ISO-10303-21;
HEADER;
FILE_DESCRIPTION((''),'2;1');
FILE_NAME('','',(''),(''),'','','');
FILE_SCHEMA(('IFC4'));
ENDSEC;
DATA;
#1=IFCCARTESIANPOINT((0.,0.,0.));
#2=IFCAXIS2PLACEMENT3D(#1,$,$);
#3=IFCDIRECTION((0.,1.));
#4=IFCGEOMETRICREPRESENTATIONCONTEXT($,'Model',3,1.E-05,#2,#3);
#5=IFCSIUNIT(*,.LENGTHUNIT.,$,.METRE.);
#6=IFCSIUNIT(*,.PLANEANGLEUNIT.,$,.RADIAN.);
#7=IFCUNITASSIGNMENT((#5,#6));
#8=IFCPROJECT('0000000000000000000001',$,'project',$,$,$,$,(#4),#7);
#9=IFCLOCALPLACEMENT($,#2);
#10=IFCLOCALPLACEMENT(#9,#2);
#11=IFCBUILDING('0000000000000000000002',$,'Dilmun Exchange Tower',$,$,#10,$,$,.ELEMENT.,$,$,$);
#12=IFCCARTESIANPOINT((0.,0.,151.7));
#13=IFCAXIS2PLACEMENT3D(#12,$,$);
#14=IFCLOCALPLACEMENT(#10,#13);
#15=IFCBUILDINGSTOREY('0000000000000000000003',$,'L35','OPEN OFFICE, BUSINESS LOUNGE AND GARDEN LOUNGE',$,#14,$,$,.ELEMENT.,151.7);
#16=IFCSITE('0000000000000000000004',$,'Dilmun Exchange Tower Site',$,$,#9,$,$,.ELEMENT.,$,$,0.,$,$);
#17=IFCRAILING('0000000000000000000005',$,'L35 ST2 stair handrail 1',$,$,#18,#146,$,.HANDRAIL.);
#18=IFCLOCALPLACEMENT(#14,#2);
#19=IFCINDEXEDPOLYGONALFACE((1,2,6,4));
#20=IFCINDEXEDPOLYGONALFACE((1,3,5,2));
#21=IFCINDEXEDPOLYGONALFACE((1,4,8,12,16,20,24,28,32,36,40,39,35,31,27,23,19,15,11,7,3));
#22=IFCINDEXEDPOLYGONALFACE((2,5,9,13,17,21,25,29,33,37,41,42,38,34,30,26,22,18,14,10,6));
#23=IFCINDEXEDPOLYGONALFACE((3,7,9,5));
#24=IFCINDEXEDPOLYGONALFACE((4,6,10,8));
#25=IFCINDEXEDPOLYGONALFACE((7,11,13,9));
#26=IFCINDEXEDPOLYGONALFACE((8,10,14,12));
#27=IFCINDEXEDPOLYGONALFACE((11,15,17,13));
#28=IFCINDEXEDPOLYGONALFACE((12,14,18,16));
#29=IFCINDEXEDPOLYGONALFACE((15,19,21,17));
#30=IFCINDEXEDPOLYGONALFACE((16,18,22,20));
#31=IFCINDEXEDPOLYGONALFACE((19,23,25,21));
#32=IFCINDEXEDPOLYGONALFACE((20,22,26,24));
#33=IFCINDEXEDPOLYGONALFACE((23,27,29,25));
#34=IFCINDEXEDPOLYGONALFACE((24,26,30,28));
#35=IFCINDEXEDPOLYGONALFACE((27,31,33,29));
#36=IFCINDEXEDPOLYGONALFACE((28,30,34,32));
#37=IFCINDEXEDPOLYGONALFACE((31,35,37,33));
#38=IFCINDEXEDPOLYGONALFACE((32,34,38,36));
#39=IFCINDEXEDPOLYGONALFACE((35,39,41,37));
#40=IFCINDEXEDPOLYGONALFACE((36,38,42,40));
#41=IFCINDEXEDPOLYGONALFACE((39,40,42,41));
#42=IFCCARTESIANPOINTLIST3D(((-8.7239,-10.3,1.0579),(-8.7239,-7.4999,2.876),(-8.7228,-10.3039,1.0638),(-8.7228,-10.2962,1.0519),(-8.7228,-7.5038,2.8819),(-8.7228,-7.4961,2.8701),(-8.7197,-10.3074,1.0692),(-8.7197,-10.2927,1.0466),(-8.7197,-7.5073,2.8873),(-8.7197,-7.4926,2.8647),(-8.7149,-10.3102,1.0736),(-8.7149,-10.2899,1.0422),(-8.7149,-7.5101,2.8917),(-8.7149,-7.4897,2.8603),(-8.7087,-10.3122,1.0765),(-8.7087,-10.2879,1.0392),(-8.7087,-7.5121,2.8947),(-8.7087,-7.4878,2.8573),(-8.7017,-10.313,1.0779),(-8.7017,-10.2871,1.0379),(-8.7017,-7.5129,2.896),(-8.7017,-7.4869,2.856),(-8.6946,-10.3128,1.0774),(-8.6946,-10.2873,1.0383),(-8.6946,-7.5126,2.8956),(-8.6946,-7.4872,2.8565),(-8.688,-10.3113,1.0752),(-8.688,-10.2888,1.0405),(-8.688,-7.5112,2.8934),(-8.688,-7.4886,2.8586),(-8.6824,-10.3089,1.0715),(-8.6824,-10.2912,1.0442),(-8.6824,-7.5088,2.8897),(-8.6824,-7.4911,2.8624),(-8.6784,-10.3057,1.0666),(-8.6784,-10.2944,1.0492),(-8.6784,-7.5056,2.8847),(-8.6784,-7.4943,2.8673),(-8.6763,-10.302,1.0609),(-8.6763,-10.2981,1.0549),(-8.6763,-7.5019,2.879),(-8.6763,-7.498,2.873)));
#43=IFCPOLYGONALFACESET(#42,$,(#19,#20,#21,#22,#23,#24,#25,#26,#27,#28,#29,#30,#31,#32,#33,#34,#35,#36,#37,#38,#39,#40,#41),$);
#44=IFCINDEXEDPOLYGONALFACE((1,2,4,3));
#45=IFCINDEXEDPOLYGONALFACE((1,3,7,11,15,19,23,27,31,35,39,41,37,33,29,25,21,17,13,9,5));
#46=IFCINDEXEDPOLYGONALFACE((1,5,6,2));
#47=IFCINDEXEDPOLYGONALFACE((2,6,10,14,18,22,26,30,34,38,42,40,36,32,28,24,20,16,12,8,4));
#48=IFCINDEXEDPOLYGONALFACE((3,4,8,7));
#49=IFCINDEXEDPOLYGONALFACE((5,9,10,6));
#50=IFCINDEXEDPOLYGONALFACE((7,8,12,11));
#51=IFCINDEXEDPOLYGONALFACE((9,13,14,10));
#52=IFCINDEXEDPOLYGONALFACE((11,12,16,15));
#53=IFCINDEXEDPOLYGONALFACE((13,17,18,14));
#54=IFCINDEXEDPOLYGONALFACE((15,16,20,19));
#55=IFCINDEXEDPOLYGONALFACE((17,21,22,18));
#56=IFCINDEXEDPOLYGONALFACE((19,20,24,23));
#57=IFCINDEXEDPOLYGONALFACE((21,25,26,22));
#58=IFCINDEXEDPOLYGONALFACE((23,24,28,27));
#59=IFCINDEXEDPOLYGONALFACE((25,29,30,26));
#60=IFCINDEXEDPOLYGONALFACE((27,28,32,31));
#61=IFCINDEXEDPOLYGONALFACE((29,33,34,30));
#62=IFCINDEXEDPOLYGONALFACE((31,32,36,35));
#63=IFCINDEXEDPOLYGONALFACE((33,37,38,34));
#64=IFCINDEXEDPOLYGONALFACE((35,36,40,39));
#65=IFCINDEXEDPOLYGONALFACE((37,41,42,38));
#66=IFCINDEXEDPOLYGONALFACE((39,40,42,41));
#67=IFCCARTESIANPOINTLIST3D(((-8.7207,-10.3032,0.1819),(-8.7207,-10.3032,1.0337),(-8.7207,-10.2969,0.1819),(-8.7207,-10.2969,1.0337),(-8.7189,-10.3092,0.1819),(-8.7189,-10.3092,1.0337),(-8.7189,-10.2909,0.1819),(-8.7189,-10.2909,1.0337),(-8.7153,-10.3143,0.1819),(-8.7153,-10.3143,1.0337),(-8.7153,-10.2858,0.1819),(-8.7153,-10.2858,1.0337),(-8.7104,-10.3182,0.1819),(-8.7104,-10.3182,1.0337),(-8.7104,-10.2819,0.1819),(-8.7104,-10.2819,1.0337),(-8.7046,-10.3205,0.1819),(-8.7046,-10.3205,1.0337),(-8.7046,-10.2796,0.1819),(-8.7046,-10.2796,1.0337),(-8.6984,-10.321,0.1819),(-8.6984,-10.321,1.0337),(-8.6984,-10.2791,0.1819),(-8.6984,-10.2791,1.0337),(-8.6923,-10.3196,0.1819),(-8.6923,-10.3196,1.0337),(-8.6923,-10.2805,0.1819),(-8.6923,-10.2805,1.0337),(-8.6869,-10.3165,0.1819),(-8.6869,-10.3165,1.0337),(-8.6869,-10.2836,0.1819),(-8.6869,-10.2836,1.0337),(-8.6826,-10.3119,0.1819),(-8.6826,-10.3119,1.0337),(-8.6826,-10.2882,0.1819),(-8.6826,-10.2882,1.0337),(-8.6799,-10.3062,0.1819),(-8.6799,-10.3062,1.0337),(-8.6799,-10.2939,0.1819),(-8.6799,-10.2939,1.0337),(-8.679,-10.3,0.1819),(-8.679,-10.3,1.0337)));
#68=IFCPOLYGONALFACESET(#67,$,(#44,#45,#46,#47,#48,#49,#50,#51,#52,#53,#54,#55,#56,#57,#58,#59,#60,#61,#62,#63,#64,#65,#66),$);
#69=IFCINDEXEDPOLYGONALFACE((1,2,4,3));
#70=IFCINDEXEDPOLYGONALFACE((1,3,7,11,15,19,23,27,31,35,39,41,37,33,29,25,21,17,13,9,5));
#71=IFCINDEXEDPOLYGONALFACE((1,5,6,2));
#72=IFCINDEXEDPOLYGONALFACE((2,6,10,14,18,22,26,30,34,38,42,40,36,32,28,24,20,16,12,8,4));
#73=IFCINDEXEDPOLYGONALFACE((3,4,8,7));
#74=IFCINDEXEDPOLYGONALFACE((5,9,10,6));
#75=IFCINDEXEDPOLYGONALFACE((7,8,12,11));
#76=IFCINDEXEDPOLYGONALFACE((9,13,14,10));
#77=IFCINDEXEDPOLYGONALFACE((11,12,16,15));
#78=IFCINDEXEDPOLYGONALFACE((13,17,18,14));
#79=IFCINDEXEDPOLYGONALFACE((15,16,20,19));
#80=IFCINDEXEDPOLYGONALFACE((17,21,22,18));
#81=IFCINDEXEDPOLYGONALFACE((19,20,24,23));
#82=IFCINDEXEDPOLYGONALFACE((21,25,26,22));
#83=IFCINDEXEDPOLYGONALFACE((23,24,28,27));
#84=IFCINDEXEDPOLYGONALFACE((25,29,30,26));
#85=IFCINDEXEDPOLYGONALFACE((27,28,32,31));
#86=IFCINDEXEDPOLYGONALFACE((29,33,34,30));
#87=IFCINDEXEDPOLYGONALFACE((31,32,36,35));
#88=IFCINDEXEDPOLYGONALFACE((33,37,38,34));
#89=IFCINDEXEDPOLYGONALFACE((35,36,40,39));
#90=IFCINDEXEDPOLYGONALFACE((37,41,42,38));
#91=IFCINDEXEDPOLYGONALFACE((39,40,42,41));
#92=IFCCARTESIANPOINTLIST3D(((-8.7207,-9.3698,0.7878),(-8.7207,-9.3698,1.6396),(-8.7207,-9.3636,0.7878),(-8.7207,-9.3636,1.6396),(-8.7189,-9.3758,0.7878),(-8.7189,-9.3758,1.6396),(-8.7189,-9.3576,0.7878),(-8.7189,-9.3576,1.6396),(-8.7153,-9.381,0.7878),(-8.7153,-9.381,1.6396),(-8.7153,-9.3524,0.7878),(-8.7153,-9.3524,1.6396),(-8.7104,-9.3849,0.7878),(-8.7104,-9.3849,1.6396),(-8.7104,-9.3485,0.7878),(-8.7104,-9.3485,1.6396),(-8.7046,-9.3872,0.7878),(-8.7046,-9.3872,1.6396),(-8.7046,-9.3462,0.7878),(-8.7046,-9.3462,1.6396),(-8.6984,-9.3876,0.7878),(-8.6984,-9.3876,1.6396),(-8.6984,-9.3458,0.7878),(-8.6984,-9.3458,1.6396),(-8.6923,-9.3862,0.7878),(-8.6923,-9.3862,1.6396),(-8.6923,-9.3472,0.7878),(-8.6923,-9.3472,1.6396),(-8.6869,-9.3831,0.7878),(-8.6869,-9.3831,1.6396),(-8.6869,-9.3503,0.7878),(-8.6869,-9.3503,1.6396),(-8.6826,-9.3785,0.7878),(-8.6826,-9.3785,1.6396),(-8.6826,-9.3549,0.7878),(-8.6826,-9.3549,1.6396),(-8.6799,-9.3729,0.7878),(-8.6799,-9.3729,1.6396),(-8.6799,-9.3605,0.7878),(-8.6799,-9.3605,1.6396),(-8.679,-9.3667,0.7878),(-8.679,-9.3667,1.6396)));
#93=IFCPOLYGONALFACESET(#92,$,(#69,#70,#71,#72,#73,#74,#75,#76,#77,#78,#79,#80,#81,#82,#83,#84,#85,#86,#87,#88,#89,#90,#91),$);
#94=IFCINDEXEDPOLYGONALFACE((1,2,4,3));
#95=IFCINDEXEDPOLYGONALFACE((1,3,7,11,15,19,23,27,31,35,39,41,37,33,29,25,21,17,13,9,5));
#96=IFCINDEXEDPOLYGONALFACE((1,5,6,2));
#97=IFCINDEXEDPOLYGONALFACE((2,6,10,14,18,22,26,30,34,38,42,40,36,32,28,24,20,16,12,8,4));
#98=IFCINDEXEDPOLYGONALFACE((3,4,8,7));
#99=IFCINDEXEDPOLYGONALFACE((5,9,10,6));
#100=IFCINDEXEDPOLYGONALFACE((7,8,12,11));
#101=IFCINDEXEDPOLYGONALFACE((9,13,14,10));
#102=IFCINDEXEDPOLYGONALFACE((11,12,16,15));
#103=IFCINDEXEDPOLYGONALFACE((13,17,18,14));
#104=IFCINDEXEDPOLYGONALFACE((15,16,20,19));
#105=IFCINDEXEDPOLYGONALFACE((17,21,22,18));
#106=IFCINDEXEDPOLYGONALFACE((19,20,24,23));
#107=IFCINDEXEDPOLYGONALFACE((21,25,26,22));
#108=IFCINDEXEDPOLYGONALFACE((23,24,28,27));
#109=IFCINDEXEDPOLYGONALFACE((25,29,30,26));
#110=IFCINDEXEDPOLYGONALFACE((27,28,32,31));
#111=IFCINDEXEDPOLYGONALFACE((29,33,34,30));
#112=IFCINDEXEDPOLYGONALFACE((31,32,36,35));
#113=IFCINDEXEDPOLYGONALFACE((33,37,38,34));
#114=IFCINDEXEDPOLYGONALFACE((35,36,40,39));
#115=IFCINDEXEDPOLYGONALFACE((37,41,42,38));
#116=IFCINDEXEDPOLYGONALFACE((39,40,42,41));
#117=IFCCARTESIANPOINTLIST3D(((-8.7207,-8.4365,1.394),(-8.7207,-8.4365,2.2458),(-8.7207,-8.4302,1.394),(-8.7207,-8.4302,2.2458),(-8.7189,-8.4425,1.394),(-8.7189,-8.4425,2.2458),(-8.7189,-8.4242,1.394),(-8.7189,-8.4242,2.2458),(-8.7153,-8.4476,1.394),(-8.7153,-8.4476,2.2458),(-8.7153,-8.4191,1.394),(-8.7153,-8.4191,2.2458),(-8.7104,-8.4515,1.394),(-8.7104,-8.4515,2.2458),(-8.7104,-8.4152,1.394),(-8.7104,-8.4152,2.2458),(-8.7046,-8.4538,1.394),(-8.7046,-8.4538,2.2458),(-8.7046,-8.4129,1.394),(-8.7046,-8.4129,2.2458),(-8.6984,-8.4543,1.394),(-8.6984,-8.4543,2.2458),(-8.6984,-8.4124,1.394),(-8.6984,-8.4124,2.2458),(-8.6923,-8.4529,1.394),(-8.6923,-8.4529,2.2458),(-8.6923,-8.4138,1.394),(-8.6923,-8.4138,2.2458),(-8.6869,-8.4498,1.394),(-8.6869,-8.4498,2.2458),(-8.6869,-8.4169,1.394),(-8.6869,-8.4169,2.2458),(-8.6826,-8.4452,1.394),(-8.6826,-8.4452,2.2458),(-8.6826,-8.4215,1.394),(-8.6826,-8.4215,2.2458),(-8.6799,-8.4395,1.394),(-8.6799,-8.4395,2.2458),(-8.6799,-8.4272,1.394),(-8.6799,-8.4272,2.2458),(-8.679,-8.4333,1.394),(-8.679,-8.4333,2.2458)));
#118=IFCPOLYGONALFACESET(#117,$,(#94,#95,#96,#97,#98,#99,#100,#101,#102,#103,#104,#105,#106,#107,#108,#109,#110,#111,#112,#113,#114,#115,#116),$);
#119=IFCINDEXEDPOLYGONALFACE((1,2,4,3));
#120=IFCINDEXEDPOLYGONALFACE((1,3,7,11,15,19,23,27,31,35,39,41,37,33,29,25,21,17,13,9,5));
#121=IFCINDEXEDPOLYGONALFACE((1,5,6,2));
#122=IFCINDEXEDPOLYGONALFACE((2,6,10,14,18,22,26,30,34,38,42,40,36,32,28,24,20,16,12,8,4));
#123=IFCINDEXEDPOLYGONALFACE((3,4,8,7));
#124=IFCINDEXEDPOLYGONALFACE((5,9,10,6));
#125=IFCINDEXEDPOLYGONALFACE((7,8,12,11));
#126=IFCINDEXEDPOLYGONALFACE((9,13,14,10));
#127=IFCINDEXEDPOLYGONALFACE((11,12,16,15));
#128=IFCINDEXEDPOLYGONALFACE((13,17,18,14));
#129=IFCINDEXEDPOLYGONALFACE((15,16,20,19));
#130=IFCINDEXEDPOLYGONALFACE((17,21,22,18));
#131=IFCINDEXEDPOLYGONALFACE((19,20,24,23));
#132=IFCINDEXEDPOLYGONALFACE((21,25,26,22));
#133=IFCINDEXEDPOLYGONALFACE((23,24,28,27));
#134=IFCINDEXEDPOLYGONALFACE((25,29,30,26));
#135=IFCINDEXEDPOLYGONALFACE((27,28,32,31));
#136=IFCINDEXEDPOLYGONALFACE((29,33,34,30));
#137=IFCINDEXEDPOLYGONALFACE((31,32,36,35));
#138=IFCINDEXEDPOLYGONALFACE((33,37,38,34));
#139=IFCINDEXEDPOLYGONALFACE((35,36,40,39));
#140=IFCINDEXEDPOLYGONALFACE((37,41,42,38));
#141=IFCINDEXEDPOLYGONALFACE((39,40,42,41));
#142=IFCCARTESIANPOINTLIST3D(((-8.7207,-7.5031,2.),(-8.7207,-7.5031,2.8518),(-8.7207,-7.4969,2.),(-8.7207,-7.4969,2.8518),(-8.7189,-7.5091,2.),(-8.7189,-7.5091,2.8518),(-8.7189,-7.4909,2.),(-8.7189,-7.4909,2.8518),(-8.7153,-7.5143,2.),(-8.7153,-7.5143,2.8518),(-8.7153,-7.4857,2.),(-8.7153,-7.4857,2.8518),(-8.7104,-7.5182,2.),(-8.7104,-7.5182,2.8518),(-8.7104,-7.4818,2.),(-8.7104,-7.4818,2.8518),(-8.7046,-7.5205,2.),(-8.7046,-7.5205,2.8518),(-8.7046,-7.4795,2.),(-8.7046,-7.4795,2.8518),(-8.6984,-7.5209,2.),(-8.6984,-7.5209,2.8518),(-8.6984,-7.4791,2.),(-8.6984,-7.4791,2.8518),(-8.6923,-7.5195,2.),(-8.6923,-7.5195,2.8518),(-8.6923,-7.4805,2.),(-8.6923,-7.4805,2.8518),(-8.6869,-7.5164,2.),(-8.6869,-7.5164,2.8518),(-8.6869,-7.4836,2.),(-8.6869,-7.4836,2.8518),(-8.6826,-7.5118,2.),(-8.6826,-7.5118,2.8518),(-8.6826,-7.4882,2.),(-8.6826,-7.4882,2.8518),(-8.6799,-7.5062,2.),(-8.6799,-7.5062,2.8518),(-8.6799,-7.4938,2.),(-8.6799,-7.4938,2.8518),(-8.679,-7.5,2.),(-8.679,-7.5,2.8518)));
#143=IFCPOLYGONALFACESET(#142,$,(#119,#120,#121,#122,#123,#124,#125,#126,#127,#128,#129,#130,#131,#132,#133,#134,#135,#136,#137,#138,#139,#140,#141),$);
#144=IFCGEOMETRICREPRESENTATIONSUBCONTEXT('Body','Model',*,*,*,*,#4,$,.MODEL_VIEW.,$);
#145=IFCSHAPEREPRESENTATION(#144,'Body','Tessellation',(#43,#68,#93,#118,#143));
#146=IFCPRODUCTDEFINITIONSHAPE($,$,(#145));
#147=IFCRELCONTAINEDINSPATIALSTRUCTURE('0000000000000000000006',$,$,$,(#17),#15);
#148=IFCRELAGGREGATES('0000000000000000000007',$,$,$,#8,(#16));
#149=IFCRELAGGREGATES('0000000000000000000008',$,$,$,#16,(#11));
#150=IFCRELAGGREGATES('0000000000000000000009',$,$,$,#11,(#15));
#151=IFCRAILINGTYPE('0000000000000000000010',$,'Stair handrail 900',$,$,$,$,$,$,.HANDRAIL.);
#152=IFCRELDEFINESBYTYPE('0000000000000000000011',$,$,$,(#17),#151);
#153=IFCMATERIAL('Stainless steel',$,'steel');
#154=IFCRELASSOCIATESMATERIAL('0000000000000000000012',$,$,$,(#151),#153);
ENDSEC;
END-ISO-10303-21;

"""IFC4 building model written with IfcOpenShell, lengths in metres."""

from ifc_helpers import new_model, si_unit, direction, frame, origin, origin_2d, place, context, subcontext, project, spatial, circle, extrude, material, type_object, element, save


model = new_model("IFC4")

# Units and contexts
model_context = context("Model", 3, precision=1e-05, world=origin(), true_north=direction((0.0, 1.0)))
body_context = subcontext(model_context, "Body", "Model", "MODEL_VIEW")
ifc_project = project(units=[si_unit("LENGTHUNIT", "METRE"), si_unit("PLANEANGLEUNIT", "RADIAN")], contexts=[model_context])

# Site, building, storey
site_placement = place(None, origin())
site = spatial("IfcSite", under=ifc_project, at=site_placement, Name="Dilmun Exchange Tower Site", CompositionType="ELEMENT", RefElevation=0.0)
building_placement = place(site_placement, origin())
building = spatial("IfcBuilding", under=site, at=building_placement, Name="Dilmun Exchange Tower", CompositionType="ELEMENT")
storey_placement = place(building_placement, frame((0.0, 0.0, 151.7)))
storey = spatial("IfcBuildingStorey", under=building, at=storey_placement, Name="L35", Description="OPEN OFFICE, BUSINESS LOUNGE AND GARDEN LOUNGE", CompositionType="ELEMENT", Elevation=151.7)

# Railing
ifc_material_1 = material(Name="Stainless steel", Category="steel")
railing_type = type_object("IfcRailingType", Name="Stair handrail 900", PredefinedType="HANDRAIL", material=ifc_material_1)
railing_1_placement = place(storey_placement, frame((-8.7, -10.3, 0.1819)))
element("IfcRailing", 1, at=railing_1_placement, inside=storey, type_object=railing_type, Name="L35 ST2 stair handrail 1", PredefinedType="HANDRAIL", context=body_context, shape_type="SweptSolid", body=[
    extrude(circle(Radius=0.0239, at=origin_2d()), frame((0.0, 0.0, 0.876), z_axis=(0.0, 0.838706, 0.544585), x_axis=(-1.0, 0.0, 0.0)), (0.0, 0.0, 1.0), 3.3386),
    extrude(circle(Radius=0.021, at=origin_2d()), origin(), (0.0, 0.0, 1.0), 0.8518),
    extrude(circle(Radius=0.021, at=origin_2d()), frame((0.0, 0.9333, 0.606)), (0.0, 0.0, 1.0), 0.8518),
    extrude(circle(Radius=0.021, at=origin_2d()), frame((0.0, 1.8667, 1.2122)), (0.0, 0.0, 1.0), 0.8518),
    extrude(circle(Radius=0.021, at=origin_2d()), frame((0.0, 2.8, 1.8181)), (0.0, 0.0, 1.0), 0.8518),
])

save(model, "model.ifc")
